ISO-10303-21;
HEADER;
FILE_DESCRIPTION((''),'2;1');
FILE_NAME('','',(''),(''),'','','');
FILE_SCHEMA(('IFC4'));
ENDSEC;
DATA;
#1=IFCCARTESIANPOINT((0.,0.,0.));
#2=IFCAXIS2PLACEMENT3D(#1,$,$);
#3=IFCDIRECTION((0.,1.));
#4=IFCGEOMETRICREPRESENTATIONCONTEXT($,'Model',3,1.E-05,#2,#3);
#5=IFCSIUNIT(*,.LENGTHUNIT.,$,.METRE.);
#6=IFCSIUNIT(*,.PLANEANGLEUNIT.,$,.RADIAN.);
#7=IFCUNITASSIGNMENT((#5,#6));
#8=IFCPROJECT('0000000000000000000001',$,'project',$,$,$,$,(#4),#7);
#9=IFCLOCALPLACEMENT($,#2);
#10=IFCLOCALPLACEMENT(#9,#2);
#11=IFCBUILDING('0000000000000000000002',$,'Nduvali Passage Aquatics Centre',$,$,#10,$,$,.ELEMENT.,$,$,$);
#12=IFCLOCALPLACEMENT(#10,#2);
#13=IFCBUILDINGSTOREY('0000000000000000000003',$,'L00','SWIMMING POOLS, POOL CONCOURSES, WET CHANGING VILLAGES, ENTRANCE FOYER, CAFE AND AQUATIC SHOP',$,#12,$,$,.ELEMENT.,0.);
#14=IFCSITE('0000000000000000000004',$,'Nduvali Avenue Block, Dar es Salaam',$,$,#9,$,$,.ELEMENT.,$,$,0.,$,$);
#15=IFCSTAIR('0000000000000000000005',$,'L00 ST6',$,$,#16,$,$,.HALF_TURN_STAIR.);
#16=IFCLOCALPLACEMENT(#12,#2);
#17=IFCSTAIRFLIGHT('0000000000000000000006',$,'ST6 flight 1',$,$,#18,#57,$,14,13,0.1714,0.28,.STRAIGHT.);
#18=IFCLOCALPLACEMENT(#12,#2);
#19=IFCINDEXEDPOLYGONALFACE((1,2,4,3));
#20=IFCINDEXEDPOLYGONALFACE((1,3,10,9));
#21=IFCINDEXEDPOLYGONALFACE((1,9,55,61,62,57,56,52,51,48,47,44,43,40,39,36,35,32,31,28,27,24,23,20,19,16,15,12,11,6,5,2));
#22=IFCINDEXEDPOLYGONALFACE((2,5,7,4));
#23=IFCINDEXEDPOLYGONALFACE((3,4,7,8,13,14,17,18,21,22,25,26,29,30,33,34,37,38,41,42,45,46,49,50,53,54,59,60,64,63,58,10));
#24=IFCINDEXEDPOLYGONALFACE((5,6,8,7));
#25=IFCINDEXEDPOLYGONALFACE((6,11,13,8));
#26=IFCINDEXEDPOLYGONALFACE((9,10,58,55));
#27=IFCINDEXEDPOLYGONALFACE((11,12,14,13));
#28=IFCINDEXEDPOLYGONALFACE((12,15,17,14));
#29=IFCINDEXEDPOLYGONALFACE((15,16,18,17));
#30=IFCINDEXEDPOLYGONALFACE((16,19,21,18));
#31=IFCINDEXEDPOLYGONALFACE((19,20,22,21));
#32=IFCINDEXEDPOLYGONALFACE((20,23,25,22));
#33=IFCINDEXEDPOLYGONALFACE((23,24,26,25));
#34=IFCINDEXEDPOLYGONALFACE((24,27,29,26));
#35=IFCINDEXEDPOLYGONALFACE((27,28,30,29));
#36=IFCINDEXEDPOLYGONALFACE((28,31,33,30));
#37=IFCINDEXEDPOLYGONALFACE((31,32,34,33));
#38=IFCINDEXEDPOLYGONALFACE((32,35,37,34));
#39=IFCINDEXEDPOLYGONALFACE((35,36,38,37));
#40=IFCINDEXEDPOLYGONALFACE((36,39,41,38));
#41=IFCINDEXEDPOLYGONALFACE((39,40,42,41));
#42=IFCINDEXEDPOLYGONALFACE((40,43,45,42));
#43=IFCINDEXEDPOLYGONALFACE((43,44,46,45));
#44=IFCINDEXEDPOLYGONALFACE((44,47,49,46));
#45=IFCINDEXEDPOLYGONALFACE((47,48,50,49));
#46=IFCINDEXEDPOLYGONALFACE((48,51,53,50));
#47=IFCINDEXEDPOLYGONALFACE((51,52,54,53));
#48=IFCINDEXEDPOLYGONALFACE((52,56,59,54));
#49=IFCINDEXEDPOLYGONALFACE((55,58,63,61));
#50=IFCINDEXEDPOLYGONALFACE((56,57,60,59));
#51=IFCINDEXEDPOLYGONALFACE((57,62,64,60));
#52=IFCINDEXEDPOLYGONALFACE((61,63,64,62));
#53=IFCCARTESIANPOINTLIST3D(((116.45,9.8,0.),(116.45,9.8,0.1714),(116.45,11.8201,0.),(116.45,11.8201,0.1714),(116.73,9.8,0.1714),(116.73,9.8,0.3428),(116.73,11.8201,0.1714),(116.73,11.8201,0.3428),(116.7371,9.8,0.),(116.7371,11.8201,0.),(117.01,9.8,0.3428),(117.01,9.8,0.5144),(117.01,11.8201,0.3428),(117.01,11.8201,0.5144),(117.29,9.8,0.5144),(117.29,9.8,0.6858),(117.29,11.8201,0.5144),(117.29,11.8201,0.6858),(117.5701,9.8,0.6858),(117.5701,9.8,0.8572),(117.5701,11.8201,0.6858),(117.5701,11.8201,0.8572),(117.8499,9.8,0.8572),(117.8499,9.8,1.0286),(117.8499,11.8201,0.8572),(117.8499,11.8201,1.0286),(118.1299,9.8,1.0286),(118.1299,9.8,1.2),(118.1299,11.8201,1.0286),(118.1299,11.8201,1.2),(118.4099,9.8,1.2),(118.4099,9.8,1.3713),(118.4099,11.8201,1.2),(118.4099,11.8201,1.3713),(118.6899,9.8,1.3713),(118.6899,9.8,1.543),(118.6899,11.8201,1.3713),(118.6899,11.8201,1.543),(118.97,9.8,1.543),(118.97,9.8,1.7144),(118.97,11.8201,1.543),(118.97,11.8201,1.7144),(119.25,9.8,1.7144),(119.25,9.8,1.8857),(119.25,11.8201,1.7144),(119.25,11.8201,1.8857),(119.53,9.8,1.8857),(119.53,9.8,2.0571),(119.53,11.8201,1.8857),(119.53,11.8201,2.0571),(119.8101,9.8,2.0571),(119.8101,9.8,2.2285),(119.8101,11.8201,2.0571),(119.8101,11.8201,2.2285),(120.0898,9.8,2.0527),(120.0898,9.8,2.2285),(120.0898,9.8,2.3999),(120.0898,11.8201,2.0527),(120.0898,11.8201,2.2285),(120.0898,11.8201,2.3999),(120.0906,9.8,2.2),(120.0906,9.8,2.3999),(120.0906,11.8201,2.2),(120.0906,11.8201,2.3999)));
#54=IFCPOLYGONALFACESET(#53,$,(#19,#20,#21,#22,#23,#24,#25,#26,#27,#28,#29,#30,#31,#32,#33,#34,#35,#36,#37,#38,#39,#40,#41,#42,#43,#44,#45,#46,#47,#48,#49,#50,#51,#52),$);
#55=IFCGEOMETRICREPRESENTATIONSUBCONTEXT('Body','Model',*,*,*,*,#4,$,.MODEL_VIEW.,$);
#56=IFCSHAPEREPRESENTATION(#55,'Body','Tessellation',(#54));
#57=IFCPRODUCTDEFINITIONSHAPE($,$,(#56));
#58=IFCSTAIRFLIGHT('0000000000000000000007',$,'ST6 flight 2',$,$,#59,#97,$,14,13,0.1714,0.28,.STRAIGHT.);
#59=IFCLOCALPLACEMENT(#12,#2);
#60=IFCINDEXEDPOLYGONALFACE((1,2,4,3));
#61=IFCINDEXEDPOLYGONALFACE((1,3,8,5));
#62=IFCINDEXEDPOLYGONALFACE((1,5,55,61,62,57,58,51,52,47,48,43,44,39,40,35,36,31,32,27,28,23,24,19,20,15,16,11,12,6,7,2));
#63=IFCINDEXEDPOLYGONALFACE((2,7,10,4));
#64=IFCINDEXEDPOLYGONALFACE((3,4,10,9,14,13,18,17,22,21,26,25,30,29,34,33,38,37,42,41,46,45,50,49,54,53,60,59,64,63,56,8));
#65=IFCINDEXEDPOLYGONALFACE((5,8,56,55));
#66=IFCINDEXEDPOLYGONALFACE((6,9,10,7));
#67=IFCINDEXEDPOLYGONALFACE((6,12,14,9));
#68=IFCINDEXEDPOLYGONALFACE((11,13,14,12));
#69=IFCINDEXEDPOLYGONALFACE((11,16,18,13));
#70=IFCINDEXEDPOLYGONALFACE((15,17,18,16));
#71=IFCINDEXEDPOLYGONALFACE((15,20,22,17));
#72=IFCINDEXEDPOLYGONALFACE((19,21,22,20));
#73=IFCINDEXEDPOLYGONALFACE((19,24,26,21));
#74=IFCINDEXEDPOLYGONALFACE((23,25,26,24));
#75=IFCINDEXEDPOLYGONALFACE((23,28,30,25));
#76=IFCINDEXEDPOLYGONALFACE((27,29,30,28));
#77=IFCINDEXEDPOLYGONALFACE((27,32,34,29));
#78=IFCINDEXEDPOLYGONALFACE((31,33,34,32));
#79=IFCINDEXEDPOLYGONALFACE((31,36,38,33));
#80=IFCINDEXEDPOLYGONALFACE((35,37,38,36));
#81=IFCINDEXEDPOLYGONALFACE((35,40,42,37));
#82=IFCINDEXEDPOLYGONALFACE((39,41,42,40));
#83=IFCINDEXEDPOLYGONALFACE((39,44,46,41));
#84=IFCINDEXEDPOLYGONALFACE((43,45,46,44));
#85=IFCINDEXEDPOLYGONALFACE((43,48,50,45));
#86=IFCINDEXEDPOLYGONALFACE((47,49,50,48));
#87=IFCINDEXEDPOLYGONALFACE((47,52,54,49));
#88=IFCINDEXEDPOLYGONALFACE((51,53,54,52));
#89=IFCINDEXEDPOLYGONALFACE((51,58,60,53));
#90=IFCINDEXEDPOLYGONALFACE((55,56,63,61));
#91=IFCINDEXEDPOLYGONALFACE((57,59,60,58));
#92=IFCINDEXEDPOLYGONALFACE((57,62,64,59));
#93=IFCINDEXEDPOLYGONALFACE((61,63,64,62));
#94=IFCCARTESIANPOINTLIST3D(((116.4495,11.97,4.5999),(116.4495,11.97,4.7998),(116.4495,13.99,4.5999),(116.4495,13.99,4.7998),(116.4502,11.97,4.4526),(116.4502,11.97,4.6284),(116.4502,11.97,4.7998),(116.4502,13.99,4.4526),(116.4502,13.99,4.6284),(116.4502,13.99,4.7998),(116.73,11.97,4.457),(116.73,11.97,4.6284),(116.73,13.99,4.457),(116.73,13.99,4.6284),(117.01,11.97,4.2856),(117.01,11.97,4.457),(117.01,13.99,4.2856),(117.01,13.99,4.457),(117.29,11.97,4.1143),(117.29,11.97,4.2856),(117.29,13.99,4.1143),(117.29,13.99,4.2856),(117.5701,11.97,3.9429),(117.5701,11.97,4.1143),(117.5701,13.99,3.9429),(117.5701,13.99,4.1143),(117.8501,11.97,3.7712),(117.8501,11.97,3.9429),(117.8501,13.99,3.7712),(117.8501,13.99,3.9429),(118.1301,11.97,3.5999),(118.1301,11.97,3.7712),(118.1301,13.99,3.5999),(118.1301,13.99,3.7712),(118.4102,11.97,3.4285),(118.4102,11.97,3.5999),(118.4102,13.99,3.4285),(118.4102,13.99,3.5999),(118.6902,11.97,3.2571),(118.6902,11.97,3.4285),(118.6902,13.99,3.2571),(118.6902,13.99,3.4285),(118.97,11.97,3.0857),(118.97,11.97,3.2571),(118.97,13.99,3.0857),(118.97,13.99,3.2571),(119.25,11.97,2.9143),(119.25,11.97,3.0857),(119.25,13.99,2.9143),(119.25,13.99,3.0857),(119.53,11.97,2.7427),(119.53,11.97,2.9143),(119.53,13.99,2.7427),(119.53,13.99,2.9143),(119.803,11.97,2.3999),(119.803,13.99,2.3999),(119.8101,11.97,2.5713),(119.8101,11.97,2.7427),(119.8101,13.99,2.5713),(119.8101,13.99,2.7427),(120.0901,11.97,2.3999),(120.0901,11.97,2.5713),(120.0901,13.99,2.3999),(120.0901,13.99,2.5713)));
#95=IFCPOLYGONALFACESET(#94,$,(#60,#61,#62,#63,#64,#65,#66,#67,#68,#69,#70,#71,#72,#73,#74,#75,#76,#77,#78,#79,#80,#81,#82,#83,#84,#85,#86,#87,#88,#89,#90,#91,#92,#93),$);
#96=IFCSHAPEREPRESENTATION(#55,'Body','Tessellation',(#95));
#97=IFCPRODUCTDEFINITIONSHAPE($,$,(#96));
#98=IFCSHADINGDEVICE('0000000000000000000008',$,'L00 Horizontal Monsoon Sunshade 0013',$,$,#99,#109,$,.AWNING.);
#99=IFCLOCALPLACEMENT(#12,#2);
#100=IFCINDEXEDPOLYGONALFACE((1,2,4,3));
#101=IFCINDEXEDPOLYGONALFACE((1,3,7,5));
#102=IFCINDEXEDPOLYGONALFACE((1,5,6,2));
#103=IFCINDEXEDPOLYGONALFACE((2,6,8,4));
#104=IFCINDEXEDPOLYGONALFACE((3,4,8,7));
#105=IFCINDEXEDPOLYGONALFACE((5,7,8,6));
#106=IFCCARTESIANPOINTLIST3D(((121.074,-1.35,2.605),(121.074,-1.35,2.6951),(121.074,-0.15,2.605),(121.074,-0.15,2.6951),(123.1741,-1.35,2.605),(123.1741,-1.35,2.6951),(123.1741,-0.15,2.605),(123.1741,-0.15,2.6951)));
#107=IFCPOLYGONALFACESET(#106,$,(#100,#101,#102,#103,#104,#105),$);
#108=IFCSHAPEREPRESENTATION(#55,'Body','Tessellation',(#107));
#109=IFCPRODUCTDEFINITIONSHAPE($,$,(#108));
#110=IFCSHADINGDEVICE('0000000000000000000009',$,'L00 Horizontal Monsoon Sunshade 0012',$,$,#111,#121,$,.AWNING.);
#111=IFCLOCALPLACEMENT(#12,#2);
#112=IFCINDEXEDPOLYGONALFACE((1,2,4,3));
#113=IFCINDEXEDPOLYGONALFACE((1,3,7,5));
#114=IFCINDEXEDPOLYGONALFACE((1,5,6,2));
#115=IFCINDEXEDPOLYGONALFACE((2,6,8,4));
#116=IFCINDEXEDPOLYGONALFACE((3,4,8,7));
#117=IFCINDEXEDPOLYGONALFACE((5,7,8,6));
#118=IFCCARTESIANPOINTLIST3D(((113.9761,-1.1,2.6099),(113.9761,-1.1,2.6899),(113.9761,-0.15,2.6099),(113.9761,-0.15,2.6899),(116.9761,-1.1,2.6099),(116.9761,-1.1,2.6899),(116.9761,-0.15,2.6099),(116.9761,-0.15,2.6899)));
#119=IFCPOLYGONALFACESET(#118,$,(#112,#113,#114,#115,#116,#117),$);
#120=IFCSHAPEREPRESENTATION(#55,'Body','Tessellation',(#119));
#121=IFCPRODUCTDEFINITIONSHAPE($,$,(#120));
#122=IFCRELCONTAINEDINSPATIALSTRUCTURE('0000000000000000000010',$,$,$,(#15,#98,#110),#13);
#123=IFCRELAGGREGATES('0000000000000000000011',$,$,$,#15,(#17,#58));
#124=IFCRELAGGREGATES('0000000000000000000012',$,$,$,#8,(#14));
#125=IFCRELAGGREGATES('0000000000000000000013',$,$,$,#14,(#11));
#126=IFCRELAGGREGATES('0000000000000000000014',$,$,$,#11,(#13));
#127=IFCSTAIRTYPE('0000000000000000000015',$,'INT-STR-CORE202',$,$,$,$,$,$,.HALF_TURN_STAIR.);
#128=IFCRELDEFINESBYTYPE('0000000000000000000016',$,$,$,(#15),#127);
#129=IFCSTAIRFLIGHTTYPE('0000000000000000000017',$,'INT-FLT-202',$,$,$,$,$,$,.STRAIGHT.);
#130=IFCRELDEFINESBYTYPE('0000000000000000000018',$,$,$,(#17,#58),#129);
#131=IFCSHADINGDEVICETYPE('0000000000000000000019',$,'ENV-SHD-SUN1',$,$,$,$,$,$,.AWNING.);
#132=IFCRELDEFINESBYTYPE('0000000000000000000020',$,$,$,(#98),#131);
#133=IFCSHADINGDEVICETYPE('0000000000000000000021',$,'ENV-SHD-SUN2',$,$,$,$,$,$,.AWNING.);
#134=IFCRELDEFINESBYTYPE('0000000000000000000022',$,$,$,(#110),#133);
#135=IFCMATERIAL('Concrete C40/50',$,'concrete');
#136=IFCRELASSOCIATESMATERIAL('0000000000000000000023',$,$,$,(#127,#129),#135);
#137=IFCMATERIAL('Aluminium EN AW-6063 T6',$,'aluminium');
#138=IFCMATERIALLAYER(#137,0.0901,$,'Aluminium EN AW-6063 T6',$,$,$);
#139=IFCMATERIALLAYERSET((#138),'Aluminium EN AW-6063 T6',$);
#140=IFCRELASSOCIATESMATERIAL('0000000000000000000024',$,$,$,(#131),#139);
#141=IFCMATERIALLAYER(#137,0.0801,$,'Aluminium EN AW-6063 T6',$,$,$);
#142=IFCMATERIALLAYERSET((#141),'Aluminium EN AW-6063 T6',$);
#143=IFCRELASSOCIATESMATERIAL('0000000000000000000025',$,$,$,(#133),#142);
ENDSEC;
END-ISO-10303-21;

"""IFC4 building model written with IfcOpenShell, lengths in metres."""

from ifc_helpers import new_model, si_unit, direction, frame, origin, origin_2d, place, context, subcontext, project, spatial, polyline, rectangle, outline, extrude, material, layer, layer_set, type_object, element, aggregate, save


model = new_model("IFC4")

# Units and contexts
model_context = context("Model", 3, precision=1e-05, world=origin(), true_north=direction((0.0, 1.0)))
body_context = subcontext(model_context, "Body", "Model", "MODEL_VIEW")
ifc_project = project(units=[si_unit("LENGTHUNIT", "METRE"), si_unit("PLANEANGLEUNIT", "RADIAN")], contexts=[model_context])

# Site, building, storey
site_placement = place(None, origin())
site = spatial("IfcSite", under=ifc_project, at=site_placement, Name="Nduvali Avenue Block, Dar es Salaam", CompositionType="ELEMENT", RefElevation=0.0)
building_placement = place(site_placement, origin())
building = spatial("IfcBuilding", under=site, at=building_placement, Name="Nduvali Passage Aquatics Centre", CompositionType="ELEMENT")
storey_placement = place(building_placement, origin())
storey = spatial("IfcBuildingStorey", under=building, at=storey_placement, Name="L00", Description="SWIMMING POOLS, POOL CONCOURSES, WET CHANGING VILLAGES, ENTRANCE FOYER, CAFE AND AQUATIC SHOP", CompositionType="ELEMENT", Elevation=0.0)

# Shared definitions
ifc_material_1 = material(Name="Concrete C40/50", Category="concrete")

# Stair, stair flights
stair_type = type_object("IfcStairType", Name="INT-STR-CORE202", PredefinedType="HALF_TURN_STAIR", material=ifc_material_1)
stair_placement = place(storey_placement, origin())
stair = element("IfcStair", 1, at=stair_placement, inside=storey, type_object=stair_type, Name="L00 ST6", PredefinedType="HALF_TURN_STAIR")
stair_flight_type = type_object("IfcStairFlightType", Name="INT-FLT-202", PredefinedType="STRAIGHT", material=ifc_material_1)
stair_flight_1_placement = place(storey_placement, frame((116.45, 10.8101, 0.0), z_axis=(0.0, 0.0, 1.0), x_axis=(1.0, 0.0, 0.0)))
stair_flight_1 = element("IfcStairFlight", 2, at=stair_flight_1_placement, type_object=stair_flight_type, Name="ST6 flight 1", NumberOfRisers=14, NumberOfTreads=13, PredefinedType="STRAIGHT", RiserHeight=0.1714, TreadLength=0.28, context=body_context, shape_type="SweptSolid", body=[
    extrude(outline(polyline([(0.0, 0.0), (0.0, 0.1714), (0.28, 0.1714), (0.28, 0.3428), (0.5601, 0.3428), (0.5601, 0.5144), (0.8401, 0.5144), (0.8401, 0.6858), (1.1201, 0.6858), (1.1201, 0.8572), (1.3999, 0.8572), (1.3999, 1.0286), (1.6799, 1.0286), (1.6799, 1.2), (1.96, 1.2), (1.96, 1.3713), (2.24, 1.3713), (2.24, 1.543), (2.52, 1.543), (2.52, 1.7144), (2.8, 1.7144), (2.8, 1.8857), (3.0801, 1.8857), (3.0801, 2.0571), (3.3601, 2.0571), (3.3601, 2.2285), (3.6399, 2.2285), (3.6399, 2.3999), (3.6406, 2.3999), (3.6406, 2.2), (3.6399, 2.0527), (0.2871, 0.0), (0.0, 0.0)])), frame((0.0, 1.01, 0.0), z_axis=(0.0, -1.0, 0.0), x_axis=(1.0, 0.0, 0.0)), (0.0, 0.0, 1.0), 2.02),
])
stair_flight_2_placement = place(storey_placement, frame((120.0901, 12.98, 2.3999), z_axis=(0.0, 0.0, 1.0), x_axis=(-1.0, 0.0, 0.0)))
stair_flight_2 = element("IfcStairFlight", 3, at=stair_flight_2_placement, type_object=stair_flight_type, Name="ST6 flight 2", NumberOfRisers=14, NumberOfTreads=13, PredefinedType="STRAIGHT", RiserHeight=0.1714, TreadLength=0.28, context=body_context, shape_type="SweptSolid", body=[
    extrude(outline(polyline([(0.0, 0.0), (0.0, 0.1714), (0.28, 0.1714), (0.28, 0.3428), (0.5601, 0.3428), (0.5601, 0.5144), (0.8401, 0.5144), (0.8401, 0.6858), (1.1201, 0.6858), (1.1201, 0.8572), (1.3999, 0.8572), (1.3999, 1.0286), (1.6799, 1.0286), (1.6799, 1.2), (1.96, 1.2), (1.96, 1.3713), (2.24, 1.3713), (2.24, 1.543), (2.52, 1.543), (2.52, 1.7144), (2.8, 1.7144), (2.8, 1.8857), (3.0801, 1.8857), (3.0801, 2.0571), (3.3601, 2.0571), (3.3601, 2.2285), (3.6399, 2.2285), (3.6399, 2.3999), (3.6406, 2.3999), (3.6406, 2.2), (3.6399, 2.0527), (0.2871, 0.0), (0.0, 0.0)])), frame((0.0, 1.01, 0.0), z_axis=(0.0, -1.0, 0.0), x_axis=(1.0, 0.0, 0.0)), (0.0, 0.0, 1.0), 2.02),
])
aggregate(stair, [stair_flight_1, stair_flight_2])

# Shading devices
ifc_material_2 = material(Name="Aluminium EN AW-6063 T6", Category="aluminium")
ifc_layer_1 = layer(ifc_material_2, 0.0901, Name="Aluminium EN AW-6063 T6")
ifc_layer_set_1 = layer_set([ifc_layer_1], Name="Aluminium EN AW-6063 T6")
shading_device_type_1 = type_object("IfcShadingDeviceType", Name="ENV-SHD-SUN1", PredefinedType="AWNING", material=ifc_layer_set_1)
shading_device_1_placement = place(storey_placement, frame((122.124, -0.75, 2.605), z_axis=(0.0, 0.0, 1.0), x_axis=(1.0, 0.0, 0.0)))
element("IfcShadingDevice", 4, at=shading_device_1_placement, inside=storey, type_object=shading_device_type_1, Name="L00 Horizontal Monsoon Sunshade 0013", PredefinedType="AWNING", context=body_context, shape_type="SweptSolid", body=[
    extrude(rectangle(XDim=2.1001, YDim=1.2, at=origin_2d()), origin(), (0.0, 0.0, 1.0), 0.0901),
])
ifc_layer_2 = layer(ifc_material_2, 0.0801, Name="Aluminium EN AW-6063 T6")
ifc_layer_set_2 = layer_set([ifc_layer_2], Name="Aluminium EN AW-6063 T6")
shading_device_type_2 = type_object("IfcShadingDeviceType", Name="ENV-SHD-SUN2", PredefinedType="AWNING", material=ifc_layer_set_2)
shading_device_2_placement = place(storey_placement, frame((115.4761, -0.625, 2.6099), z_axis=(0.0, 0.0, 1.0), x_axis=(1.0, 0.0, 0.0)))
element("IfcShadingDevice", 5, at=shading_device_2_placement, inside=storey, type_object=shading_device_type_2, Name="L00 Horizontal Monsoon Sunshade 0012", PredefinedType="AWNING", context=body_context, shape_type="SweptSolid", body=[
    extrude(rectangle(XDim=3.0, YDim=0.95, at=origin_2d()), origin(), (0.0, 0.0, 1.0), 0.0801),
])

save(model, "model.ifc")
